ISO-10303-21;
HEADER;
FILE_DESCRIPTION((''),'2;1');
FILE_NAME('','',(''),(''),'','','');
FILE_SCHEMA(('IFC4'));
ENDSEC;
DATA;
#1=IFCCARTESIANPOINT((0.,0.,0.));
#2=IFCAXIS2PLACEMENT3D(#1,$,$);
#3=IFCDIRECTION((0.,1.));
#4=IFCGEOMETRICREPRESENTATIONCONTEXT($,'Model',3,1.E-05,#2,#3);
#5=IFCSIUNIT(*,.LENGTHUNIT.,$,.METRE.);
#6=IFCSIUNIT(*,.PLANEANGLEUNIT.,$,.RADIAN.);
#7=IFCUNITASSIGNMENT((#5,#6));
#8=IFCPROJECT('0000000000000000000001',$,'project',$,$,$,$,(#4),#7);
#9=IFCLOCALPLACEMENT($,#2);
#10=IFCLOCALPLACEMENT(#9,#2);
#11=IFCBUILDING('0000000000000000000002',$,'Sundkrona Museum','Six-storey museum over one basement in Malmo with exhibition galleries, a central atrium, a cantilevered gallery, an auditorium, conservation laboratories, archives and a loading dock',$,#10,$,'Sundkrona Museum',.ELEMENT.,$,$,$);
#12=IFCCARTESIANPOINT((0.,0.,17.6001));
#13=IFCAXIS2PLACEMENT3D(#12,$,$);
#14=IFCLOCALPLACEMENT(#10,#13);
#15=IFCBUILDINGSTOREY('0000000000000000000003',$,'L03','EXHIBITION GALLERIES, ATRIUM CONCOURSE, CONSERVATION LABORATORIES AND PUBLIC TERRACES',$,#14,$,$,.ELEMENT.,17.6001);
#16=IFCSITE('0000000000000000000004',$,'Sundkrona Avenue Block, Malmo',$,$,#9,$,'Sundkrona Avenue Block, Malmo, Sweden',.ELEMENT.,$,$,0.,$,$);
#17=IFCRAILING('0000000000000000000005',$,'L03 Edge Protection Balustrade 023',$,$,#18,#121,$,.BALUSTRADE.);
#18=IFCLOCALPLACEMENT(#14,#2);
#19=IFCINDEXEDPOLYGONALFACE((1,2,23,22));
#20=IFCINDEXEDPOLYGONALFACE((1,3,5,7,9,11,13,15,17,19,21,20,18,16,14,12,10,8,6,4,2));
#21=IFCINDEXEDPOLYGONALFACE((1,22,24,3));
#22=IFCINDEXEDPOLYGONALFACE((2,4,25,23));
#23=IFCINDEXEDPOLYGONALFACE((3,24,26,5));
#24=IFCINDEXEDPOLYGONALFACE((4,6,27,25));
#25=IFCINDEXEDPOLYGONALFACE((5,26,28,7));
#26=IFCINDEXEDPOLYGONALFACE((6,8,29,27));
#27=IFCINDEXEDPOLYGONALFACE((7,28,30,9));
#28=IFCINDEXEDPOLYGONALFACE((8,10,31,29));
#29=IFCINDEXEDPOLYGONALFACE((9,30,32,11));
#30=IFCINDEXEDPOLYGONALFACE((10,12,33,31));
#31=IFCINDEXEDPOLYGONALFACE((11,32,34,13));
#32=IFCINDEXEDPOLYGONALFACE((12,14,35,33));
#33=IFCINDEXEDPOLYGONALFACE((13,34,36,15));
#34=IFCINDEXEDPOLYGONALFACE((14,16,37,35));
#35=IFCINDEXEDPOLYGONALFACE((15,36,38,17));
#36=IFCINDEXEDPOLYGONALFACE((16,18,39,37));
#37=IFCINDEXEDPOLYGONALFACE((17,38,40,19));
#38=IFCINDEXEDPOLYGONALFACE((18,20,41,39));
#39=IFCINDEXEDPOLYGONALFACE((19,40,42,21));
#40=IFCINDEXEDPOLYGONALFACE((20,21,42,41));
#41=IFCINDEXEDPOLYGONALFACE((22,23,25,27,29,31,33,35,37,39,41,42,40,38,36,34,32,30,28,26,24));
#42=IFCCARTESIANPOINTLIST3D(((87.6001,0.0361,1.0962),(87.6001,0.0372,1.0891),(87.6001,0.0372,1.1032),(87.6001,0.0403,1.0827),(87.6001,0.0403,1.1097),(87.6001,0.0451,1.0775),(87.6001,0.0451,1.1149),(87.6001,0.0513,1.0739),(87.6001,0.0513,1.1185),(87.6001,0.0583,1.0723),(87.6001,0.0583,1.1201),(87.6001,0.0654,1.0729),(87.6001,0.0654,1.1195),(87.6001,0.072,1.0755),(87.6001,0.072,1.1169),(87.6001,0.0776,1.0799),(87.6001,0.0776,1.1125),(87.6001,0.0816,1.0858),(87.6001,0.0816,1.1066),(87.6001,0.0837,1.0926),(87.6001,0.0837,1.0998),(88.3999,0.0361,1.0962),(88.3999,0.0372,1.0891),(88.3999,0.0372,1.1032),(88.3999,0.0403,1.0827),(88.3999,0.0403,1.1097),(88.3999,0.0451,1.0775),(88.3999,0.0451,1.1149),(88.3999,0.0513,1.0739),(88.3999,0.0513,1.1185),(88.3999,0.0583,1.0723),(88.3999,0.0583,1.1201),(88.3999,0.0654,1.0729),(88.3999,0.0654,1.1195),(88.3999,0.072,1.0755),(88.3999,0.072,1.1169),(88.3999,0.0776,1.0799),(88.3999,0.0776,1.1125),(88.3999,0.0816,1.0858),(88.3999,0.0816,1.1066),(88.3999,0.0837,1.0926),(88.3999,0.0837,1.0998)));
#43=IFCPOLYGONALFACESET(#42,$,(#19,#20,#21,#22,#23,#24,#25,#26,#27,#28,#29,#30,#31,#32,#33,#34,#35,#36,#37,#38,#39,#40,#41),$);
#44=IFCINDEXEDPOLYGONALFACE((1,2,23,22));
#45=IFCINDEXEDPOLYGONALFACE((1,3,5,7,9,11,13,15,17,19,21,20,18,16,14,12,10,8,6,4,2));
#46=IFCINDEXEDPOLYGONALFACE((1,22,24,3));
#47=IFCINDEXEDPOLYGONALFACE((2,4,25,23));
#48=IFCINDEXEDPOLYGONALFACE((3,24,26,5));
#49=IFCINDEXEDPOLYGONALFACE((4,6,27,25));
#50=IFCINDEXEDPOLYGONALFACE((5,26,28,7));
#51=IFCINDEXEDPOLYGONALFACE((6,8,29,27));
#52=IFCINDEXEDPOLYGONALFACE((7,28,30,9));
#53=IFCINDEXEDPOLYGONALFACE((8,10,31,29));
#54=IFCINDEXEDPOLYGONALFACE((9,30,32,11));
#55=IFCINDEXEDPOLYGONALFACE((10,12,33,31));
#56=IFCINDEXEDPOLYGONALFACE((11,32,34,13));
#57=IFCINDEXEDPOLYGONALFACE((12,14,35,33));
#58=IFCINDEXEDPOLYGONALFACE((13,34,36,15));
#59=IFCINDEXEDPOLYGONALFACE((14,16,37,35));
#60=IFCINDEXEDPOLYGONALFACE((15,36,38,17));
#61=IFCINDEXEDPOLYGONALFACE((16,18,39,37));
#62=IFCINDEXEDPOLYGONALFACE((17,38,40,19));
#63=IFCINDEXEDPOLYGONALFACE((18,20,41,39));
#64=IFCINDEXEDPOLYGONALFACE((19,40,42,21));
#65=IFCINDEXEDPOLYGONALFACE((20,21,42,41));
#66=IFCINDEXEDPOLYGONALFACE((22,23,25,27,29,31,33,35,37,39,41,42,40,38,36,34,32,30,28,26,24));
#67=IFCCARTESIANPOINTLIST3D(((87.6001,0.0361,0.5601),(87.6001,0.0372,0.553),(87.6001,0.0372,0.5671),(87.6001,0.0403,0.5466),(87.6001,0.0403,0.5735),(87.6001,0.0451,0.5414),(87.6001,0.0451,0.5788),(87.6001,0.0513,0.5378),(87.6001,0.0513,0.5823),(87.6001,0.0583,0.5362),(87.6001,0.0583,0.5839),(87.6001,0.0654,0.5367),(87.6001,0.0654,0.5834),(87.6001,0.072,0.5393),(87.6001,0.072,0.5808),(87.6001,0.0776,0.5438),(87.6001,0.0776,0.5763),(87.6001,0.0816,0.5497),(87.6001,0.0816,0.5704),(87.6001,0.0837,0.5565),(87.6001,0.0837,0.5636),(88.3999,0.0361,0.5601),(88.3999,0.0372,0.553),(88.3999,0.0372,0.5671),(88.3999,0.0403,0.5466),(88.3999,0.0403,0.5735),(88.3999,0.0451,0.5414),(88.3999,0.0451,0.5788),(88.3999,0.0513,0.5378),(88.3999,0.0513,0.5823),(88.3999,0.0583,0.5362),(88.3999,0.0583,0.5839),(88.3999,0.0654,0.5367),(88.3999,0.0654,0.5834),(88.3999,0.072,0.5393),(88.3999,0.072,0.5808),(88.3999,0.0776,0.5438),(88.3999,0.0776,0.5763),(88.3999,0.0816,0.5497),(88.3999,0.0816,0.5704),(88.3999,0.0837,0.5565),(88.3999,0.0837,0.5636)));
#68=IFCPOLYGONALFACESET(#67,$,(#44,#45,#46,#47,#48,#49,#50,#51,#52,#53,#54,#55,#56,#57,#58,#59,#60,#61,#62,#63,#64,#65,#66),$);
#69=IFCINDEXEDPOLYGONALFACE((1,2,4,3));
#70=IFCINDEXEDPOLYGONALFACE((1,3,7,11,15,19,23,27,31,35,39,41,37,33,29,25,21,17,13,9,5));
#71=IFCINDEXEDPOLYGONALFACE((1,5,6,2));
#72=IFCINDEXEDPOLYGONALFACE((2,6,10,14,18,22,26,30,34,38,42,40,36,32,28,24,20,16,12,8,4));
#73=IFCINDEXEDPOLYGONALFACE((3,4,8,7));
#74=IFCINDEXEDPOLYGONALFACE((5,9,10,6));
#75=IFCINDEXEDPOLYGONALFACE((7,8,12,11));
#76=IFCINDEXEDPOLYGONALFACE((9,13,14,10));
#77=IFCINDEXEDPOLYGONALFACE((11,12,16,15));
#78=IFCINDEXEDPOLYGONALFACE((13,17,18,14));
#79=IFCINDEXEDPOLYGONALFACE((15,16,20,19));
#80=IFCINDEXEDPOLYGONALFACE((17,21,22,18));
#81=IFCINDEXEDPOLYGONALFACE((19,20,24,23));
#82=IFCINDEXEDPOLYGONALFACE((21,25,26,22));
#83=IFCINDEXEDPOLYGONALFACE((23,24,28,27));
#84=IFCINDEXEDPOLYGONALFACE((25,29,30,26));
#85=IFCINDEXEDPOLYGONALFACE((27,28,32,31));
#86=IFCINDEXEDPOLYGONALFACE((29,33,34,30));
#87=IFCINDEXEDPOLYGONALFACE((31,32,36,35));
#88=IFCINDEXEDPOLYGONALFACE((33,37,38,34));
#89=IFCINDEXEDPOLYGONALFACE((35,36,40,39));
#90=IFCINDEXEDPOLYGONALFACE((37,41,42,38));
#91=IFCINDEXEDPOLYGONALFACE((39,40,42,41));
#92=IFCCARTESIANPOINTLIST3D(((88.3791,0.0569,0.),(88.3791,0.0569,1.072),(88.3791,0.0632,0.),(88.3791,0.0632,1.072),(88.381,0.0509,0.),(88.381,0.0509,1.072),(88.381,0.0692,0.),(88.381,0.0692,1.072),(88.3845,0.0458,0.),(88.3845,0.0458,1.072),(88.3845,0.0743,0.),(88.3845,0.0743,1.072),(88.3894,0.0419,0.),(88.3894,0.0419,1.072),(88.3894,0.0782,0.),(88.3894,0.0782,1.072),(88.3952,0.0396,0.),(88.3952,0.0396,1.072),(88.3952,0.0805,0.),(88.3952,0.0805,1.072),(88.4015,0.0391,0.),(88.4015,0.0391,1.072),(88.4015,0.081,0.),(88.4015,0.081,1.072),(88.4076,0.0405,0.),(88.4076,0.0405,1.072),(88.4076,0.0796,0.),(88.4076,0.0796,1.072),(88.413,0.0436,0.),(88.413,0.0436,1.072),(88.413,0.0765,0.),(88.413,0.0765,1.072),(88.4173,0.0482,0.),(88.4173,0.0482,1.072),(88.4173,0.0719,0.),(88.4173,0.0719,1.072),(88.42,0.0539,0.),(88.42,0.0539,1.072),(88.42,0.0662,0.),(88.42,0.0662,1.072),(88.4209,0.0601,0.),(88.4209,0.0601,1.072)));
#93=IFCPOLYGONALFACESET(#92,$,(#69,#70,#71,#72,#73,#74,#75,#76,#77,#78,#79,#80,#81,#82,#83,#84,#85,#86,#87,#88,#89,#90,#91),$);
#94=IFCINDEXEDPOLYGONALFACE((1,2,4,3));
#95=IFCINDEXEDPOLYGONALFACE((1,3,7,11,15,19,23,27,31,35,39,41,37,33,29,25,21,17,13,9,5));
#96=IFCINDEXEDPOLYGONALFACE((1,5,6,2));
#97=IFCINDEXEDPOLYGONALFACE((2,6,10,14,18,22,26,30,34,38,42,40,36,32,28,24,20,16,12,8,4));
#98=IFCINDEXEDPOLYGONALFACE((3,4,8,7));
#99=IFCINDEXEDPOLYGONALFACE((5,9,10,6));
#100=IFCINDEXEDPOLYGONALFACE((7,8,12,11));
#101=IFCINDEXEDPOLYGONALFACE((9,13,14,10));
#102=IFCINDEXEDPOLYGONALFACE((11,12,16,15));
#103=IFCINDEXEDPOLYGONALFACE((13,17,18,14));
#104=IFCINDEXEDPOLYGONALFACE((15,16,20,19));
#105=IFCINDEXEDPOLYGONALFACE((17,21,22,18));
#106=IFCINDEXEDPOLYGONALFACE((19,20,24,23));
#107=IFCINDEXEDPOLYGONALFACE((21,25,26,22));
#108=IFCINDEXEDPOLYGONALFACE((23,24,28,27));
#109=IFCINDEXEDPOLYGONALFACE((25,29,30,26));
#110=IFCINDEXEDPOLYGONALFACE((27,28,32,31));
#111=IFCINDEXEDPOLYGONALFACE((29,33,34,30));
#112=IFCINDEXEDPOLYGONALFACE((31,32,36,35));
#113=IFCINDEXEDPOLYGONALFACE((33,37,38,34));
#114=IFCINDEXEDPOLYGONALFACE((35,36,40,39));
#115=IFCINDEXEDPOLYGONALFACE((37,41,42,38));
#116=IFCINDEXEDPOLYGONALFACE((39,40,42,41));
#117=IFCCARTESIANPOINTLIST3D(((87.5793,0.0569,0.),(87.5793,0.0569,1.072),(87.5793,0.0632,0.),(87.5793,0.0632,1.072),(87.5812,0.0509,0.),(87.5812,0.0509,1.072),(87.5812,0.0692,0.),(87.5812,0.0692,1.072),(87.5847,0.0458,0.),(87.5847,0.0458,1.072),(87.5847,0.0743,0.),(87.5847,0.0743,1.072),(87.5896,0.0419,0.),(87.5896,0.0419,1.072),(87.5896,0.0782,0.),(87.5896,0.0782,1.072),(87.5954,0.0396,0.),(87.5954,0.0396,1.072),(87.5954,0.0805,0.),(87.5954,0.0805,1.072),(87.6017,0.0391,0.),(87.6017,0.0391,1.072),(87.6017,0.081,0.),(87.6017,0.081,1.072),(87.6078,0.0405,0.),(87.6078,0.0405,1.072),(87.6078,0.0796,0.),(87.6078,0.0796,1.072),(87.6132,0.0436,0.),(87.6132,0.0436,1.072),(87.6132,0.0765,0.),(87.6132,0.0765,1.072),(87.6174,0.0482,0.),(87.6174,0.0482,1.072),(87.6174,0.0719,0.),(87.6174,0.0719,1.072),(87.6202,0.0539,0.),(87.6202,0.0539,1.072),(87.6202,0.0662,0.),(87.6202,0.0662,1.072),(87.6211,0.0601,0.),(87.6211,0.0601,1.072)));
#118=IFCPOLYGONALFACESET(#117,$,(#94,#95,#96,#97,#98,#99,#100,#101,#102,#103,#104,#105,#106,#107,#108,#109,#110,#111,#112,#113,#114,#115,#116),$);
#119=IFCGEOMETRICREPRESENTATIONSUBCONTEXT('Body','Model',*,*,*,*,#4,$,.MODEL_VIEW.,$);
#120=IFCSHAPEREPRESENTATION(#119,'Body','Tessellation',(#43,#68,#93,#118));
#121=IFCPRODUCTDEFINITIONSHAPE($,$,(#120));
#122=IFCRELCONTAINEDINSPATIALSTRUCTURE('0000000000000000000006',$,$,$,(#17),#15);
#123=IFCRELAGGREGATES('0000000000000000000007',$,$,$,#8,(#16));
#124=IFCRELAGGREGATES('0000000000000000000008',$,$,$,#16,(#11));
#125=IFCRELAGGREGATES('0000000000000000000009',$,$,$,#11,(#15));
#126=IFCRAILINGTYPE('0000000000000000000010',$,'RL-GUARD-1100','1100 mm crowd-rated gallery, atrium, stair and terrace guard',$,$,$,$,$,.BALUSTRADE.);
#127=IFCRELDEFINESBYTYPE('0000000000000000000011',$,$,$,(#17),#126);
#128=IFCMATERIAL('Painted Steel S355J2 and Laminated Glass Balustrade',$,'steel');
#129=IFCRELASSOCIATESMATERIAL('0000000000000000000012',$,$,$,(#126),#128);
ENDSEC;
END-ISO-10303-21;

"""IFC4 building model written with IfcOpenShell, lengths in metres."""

from ifc_helpers import new_model, si_unit, direction, frame, origin, origin_2d, place, context, subcontext, project, spatial, circle, extrude, material, type_object, element, save


model = new_model("IFC4")

# Units and contexts
model_context = context("Model", 3, precision=1e-05, world=origin(), true_north=direction((0.0, 1.0)))
body_context = subcontext(model_context, "Body", "Model", "MODEL_VIEW")
ifc_project = project(units=[si_unit("LENGTHUNIT", "METRE"), si_unit("PLANEANGLEUNIT", "RADIAN")], contexts=[model_context])

# Site, building, storey
site_placement = place(None, origin())
site = spatial("IfcSite", under=ifc_project, at=site_placement, Name="Sundkrona Avenue Block, Malmo", LongName="Sundkrona Avenue Block, Malmo, Sweden", CompositionType="ELEMENT", RefElevation=0.0)
building_placement = place(site_placement, origin())
building = spatial("IfcBuilding", under=site, at=building_placement, Name="Sundkrona Museum", Description="Six-storey museum over one basement in Malmo with exhibition galleries, a central atrium, a cantilevered gallery, an auditorium, conservation laboratories, archives and a loading dock", LongName="Sundkrona Museum", CompositionType="ELEMENT")
storey_placement = place(building_placement, frame((0.0, 0.0, 17.6001)))
storey = spatial("IfcBuildingStorey", under=building, at=storey_placement, Name="L03", Description="EXHIBITION GALLERIES, ATRIUM CONCOURSE, CONSERVATION LABORATORIES AND PUBLIC TERRACES", CompositionType="ELEMENT", Elevation=17.6001)

# Railing
ifc_material_1 = material(Name="Painted Steel S355J2 and Laminated Glass Balustrade", Category="steel")
railing_type_1 = type_object("IfcRailingType", Name="RL-GUARD-1100", Description="1100 mm crowd-rated gallery, atrium, stair and terrace guard", PredefinedType="BALUSTRADE", material=ifc_material_1)
for number, where, name in (
    (1, (88.3999, 0.0601, 0.0), "L03 Edge Protection Balustrade 023"),
):
    element("IfcRailing", number, at=place(storey_placement, frame(where)), inside=storey, type_object=railing_type_1, Name=name, PredefinedType="BALUSTRADE", context=body_context, shape_type="SweptSolid", body=[
        extrude(circle(Radius=0.0239, at=origin_2d()), frame((0.0, 0.0, 1.0962), z_axis=(-1.0, 0.0, 0.0), x_axis=(0.0, -1.0, 0.0)), (0.0, 0.0, 1.0), 0.7998),
        extrude(circle(Radius=0.0239, at=origin_2d()), frame((0.0, 0.0, 0.5601), z_axis=(-1.0, 0.0, 0.0), x_axis=(0.0, -1.0, 0.0)), (0.0, 0.0, 1.0), 0.7998),
        extrude(circle(Radius=0.021, at=origin_2d()), origin(), (0.0, 0.0, 1.0), 1.072),
        extrude(circle(Radius=0.021, at=origin_2d()), frame((-0.7998, 0.0, 0.0)), (0.0, 0.0, 1.0), 1.072),
    ])

save(model, "model.ifc")
